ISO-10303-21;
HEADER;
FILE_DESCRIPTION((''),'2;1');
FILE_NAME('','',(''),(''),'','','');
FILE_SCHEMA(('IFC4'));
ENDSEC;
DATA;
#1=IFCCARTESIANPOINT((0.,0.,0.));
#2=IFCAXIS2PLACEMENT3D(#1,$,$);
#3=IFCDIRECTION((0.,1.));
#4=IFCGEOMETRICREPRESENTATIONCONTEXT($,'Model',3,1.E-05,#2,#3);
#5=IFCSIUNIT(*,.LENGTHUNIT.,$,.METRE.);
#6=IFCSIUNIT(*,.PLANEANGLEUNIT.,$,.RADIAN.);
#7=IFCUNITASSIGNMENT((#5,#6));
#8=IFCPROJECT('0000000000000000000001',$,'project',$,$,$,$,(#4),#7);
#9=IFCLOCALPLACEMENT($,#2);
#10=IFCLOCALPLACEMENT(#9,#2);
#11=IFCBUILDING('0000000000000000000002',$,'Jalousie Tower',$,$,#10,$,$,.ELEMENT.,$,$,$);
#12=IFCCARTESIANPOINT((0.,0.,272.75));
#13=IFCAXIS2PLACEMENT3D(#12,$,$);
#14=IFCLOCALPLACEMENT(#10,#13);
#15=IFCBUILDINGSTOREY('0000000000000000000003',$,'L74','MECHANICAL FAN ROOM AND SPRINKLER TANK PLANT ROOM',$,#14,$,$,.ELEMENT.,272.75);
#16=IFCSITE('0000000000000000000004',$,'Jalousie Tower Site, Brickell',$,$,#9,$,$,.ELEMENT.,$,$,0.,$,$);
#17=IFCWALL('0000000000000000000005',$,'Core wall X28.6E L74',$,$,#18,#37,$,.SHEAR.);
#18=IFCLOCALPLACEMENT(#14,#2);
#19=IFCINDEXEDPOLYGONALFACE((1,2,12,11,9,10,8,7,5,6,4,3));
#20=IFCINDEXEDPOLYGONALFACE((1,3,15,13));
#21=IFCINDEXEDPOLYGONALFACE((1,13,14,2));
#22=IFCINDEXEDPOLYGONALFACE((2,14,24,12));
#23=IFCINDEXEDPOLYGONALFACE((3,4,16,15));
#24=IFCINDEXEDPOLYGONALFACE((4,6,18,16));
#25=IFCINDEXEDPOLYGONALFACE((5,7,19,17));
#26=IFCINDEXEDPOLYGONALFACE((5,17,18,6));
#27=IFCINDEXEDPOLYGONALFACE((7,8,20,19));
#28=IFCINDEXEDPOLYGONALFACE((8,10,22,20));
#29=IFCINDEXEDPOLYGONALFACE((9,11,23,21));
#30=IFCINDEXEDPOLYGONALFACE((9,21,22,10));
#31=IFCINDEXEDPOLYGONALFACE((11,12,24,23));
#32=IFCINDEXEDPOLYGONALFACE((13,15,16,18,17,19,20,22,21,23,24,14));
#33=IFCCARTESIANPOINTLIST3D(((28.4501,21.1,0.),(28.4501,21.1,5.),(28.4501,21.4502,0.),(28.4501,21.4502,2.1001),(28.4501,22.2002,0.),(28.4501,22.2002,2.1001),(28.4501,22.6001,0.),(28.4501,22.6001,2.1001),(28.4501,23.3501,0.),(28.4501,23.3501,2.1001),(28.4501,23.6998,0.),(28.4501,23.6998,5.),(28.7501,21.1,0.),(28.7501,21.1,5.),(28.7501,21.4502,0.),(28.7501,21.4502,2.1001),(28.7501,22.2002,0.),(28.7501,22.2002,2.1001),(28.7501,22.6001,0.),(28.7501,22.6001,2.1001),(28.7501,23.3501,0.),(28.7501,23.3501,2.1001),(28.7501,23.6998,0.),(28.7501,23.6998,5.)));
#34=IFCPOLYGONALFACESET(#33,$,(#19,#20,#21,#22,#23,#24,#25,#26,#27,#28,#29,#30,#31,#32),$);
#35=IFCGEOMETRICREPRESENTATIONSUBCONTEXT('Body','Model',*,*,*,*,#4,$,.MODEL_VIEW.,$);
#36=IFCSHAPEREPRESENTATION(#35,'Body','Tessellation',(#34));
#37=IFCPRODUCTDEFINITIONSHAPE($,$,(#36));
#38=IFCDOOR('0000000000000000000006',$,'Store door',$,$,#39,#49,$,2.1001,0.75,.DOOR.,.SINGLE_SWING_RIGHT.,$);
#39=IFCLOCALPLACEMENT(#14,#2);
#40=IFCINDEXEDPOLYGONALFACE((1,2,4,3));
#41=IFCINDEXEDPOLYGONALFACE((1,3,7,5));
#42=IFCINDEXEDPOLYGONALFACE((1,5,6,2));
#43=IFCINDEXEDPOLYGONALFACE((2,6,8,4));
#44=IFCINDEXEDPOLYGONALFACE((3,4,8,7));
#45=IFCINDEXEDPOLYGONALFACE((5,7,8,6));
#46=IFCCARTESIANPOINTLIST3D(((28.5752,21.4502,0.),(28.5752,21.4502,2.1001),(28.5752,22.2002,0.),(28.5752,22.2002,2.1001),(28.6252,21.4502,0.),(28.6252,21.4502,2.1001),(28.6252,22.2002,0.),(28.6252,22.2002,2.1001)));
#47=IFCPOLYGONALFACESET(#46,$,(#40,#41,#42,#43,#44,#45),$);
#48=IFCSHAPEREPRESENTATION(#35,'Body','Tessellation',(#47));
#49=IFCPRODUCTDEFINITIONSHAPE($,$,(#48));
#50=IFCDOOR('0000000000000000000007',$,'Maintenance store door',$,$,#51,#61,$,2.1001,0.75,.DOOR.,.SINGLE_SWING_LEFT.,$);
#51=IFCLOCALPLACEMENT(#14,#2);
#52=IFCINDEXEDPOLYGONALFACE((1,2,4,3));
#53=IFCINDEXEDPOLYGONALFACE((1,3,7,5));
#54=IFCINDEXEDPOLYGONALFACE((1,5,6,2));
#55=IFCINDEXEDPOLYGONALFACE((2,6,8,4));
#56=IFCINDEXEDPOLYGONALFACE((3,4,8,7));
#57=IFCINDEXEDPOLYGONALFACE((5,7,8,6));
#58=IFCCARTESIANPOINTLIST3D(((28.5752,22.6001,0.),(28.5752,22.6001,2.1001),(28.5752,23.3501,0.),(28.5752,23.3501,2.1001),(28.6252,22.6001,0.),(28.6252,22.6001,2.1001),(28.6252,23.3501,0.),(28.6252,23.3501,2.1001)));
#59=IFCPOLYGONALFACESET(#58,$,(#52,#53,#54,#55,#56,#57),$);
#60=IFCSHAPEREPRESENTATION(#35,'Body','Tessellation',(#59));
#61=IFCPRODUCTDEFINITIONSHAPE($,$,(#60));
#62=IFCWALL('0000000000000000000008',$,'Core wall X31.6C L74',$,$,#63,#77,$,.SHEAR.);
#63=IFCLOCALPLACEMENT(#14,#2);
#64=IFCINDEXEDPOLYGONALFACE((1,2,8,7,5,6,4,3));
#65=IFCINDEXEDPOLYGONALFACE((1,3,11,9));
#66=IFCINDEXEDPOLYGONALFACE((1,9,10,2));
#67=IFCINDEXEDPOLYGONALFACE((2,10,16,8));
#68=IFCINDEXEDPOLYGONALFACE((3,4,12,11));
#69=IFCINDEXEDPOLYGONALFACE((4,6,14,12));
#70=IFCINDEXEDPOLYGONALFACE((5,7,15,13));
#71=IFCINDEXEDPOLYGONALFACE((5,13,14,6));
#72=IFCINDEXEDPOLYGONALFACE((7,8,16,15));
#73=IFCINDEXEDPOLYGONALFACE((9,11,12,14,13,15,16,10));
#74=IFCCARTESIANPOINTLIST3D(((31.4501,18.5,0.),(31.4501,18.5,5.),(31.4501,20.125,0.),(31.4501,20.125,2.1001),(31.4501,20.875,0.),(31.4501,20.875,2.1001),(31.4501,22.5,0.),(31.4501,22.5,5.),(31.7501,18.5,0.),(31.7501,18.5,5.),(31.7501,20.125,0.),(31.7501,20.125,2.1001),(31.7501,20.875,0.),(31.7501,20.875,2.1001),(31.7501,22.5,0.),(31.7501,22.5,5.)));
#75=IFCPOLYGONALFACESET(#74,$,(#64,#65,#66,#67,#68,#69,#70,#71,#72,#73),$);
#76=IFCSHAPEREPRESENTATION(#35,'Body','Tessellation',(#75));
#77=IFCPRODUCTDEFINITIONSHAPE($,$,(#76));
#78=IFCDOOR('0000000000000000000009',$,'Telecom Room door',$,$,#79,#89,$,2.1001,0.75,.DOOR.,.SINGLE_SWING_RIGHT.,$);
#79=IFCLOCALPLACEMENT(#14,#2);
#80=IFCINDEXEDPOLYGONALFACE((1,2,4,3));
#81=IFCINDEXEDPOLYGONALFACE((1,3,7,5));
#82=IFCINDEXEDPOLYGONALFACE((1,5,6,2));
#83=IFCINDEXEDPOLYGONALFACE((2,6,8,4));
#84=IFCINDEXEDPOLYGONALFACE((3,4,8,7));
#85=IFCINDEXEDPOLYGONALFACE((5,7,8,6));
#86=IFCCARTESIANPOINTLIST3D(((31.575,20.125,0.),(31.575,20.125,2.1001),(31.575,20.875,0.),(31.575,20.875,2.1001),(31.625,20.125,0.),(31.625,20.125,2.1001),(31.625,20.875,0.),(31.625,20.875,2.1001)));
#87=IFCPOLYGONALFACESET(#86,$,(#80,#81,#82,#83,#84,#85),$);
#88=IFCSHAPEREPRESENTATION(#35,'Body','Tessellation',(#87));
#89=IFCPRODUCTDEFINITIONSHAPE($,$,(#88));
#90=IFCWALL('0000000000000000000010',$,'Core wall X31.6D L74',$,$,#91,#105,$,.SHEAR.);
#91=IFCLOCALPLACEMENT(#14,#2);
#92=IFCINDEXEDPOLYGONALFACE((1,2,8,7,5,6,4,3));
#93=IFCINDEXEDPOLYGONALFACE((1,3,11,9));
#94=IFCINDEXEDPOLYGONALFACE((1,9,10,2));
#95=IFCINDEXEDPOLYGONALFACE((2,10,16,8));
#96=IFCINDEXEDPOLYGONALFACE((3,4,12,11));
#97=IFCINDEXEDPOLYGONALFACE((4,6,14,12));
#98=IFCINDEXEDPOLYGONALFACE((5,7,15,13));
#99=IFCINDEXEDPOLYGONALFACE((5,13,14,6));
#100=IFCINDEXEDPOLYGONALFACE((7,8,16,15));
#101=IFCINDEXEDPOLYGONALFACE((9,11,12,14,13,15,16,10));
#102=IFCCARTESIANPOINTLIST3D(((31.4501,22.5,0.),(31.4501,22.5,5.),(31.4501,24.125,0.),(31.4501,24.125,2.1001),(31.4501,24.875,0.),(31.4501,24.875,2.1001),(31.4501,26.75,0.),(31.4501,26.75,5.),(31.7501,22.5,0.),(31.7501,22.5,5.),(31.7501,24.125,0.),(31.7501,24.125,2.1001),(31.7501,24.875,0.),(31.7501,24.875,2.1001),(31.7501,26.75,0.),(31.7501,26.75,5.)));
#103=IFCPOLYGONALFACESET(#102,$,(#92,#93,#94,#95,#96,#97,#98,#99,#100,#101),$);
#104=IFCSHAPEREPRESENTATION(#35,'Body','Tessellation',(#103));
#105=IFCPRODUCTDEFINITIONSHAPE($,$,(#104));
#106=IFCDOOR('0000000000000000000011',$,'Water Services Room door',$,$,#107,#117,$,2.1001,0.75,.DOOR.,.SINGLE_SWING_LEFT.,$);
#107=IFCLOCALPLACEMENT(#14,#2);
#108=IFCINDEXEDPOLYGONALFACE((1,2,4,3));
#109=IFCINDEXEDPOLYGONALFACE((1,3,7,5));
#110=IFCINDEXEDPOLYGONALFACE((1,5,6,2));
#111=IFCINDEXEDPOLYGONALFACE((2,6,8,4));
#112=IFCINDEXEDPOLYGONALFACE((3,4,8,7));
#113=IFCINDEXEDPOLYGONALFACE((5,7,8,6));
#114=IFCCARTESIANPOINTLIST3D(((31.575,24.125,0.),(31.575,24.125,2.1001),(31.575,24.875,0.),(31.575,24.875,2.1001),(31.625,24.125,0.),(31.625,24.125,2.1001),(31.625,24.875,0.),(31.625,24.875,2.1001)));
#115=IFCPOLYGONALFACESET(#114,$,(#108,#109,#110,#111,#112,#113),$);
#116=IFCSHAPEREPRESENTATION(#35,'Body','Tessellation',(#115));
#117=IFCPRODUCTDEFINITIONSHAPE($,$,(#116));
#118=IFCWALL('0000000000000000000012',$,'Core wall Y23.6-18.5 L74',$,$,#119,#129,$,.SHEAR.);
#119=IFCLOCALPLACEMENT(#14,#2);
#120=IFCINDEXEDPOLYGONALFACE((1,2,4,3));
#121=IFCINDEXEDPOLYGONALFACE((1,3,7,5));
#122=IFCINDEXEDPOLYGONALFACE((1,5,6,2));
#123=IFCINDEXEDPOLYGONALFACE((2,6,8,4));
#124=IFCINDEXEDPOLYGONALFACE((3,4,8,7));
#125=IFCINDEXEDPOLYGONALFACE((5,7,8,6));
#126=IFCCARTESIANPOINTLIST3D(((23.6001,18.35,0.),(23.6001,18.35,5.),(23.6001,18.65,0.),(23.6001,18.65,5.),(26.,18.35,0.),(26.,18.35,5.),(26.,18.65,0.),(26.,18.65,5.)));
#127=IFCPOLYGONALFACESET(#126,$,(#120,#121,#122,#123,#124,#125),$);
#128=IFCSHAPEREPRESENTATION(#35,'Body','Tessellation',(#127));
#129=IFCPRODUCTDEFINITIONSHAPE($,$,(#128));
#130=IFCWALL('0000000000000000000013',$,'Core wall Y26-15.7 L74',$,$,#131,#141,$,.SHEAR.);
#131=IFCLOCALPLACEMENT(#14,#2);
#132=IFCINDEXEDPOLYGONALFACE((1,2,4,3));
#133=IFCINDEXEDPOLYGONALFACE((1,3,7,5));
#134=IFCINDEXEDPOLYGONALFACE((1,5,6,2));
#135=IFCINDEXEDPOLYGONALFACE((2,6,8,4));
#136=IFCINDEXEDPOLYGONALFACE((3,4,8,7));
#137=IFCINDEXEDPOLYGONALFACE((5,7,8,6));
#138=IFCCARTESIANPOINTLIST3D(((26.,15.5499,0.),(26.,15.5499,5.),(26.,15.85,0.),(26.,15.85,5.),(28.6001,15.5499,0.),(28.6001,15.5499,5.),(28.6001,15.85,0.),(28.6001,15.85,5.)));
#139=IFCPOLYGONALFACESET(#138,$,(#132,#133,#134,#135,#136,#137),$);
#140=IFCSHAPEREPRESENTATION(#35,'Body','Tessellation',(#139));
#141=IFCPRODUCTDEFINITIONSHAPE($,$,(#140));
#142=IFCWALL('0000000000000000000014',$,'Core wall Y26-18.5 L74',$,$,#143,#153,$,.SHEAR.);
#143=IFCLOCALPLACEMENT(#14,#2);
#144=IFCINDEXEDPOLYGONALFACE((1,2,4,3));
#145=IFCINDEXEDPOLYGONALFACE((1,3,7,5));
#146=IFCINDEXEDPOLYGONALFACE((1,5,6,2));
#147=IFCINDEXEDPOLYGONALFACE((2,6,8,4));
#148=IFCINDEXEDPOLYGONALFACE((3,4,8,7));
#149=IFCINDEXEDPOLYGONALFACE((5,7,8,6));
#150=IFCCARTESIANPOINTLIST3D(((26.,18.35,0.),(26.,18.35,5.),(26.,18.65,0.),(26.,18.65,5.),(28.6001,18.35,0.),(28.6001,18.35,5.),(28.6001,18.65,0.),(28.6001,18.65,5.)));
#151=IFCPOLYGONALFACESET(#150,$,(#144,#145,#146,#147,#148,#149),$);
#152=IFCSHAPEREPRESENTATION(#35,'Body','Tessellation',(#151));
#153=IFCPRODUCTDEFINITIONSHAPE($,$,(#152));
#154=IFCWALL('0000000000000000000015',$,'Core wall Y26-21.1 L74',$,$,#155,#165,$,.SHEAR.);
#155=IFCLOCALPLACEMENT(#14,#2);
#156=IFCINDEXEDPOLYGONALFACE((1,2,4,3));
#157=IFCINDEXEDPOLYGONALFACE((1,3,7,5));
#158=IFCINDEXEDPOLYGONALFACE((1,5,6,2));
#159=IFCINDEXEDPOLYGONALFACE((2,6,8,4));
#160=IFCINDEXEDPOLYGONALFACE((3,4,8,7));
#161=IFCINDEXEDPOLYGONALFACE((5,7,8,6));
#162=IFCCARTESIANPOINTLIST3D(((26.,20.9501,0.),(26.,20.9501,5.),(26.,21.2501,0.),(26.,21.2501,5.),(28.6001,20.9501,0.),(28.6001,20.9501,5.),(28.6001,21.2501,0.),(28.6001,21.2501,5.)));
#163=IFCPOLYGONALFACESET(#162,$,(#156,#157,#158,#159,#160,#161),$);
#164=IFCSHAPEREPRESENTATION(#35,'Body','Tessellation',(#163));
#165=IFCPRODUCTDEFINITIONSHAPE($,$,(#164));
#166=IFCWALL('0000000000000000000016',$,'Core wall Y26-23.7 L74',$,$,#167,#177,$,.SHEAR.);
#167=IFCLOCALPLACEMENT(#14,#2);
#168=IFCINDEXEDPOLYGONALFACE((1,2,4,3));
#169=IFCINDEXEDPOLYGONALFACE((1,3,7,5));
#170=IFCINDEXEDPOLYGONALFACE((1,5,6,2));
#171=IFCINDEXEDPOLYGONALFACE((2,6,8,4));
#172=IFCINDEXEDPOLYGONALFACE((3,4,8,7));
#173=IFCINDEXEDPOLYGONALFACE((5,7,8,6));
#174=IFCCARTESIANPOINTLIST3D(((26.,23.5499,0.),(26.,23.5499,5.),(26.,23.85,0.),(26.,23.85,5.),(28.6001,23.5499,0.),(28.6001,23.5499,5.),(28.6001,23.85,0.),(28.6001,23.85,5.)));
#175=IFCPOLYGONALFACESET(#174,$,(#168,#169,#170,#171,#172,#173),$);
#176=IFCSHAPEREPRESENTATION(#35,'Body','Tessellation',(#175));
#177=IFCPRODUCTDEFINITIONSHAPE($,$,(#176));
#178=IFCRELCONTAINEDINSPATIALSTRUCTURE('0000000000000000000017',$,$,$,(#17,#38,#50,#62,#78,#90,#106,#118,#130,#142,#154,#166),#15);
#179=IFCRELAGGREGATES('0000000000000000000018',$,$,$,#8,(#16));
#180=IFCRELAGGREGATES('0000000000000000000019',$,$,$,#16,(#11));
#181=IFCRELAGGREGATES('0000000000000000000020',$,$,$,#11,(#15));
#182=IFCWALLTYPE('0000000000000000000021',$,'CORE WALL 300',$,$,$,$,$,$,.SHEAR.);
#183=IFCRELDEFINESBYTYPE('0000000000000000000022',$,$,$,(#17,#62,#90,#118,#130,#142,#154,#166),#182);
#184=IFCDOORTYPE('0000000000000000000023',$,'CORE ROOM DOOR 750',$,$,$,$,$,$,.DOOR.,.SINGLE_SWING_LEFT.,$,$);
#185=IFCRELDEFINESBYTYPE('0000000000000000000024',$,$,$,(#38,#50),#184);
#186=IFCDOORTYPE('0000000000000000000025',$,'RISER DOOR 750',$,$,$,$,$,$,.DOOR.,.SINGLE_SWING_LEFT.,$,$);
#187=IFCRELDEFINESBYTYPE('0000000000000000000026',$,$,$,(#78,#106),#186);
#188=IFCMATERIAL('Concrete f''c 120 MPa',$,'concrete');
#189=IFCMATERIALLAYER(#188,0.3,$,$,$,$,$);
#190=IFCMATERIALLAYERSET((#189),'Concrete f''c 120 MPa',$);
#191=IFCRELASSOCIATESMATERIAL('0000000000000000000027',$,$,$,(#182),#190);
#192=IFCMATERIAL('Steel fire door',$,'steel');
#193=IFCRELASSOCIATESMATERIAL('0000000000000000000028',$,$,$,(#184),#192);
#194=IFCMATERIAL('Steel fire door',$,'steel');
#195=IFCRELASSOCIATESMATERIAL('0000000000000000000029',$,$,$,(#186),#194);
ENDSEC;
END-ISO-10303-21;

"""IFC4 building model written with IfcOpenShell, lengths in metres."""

from ifc_helpers import new_model, si_unit, direction, frame, frame_2d, origin, place, context, subcontext, project, spatial, rectangle, extrude, material, layer, layer_set, type_object, element, fill, save


model = new_model("IFC4")

# Units and contexts
model_context = context("Model", 3, precision=1e-05, world=origin(), true_north=direction((0.0, 1.0)))
body_context = subcontext(model_context, "Body", "Model", "MODEL_VIEW")
ifc_project = project(units=[si_unit("LENGTHUNIT", "METRE"), si_unit("PLANEANGLEUNIT", "RADIAN")], contexts=[model_context])

# Site, building, storey
site_placement = place(None, origin())
site = spatial("IfcSite", under=ifc_project, at=site_placement, Name="Jalousie Tower Site, Brickell", CompositionType="ELEMENT", RefElevation=0.0)
building_placement = place(site_placement, origin())
building = spatial("IfcBuilding", under=site, at=building_placement, Name="Jalousie Tower", CompositionType="ELEMENT")
storey_placement = place(building_placement, frame((0.0, 0.0, 272.75)))
storey = spatial("IfcBuildingStorey", under=building, at=storey_placement, Name="L74", Description="MECHANICAL FAN ROOM AND SPRINKLER TANK PLANT ROOM", CompositionType="ELEMENT", Elevation=272.75)

# Shared definitions
ifc_material_1 = material(Name="Concrete f'c 120 MPa", Category="concrete")
ifc_layer = layer(ifc_material_1, 0.3)
ifc_layer_set = layer_set([ifc_layer], Name="Concrete f'c 120 MPa")
wall_type_1 = type_object("IfcWallType", Name="CORE WALL 300", PredefinedType="SHEAR", material=ifc_layer_set)

# Wall, openings, doors
wall_1_placement = place(storey_placement, frame((28.6001, 21.1001, 0.0), z_axis=(0.0, 0.0, 1.0), x_axis=(0.0, 1.0, 0.0)))
wall_1 = element("IfcWall", 1, at=wall_1_placement, inside=storey, type_object=wall_type_1, Name="Core wall X28.6E L74", PredefinedType="SHEAR", context=body_context, shape_type="SweptSolid", body=[
    extrude(rectangle(XDim=2.5999, YDim=0.3, at=frame_2d((1.2998, 0.0))), origin(), (0.0, 0.0, 1.0), 5.0),
])
opening_1_placement = place(wall_1_placement, frame((0.3501, 0.0, 0.0)))
opening_1 = element("IfcOpeningElement", 2, at=opening_1_placement, cuts=wall_1, PredefinedType="OPENING", context=body_context, shape_type="SweptSolid", body=[
    extrude(rectangle(XDim=0.75, YDim=2.1001, at=frame_2d((0.375, 1.05))), frame((0.0, 0.1599, 0.0), z_axis=(0.0, -1.0, 0.0), x_axis=(1.0, 0.0, 0.0)), (0.0, 0.0, 1.0), 0.3201),
])
opening_2_placement = place(wall_1_placement, frame((1.5, 0.0, 0.0)))
opening_2 = element("IfcOpeningElement", 3, at=opening_2_placement, cuts=wall_1, PredefinedType="OPENING", context=body_context, shape_type="SweptSolid", body=[
    extrude(rectangle(XDim=0.75, YDim=2.1001, at=frame_2d((0.375, 1.05))), frame((0.0, 0.1599, 0.0), z_axis=(0.0, -1.0, 0.0), x_axis=(1.0, 0.0, 0.0)), (0.0, 0.0, 1.0), 0.3201),
])
ifc_material_2 = material(Name="Steel fire door", Category="steel")
door_type_1 = type_object("IfcDoorType", Name="CORE ROOM DOOR 750", OperationType="SINGLE_SWING_LEFT", PredefinedType="DOOR", material=ifc_material_2)
door_1_placement = place(opening_1_placement, origin())
door_1 = element("IfcDoor", 4, at=door_1_placement, inside=storey, type_object=door_type_1, Name="Store door", OperationType="SINGLE_SWING_RIGHT", OverallHeight=2.1001, OverallWidth=0.75, PredefinedType="DOOR", context=body_context, shape_type="SweptSolid", body=[
    extrude(rectangle(XDim=0.75, YDim=2.1001, at=frame_2d((0.375, 1.05))), frame((0.0, 0.0249, 0.0), z_axis=(0.0, -1.0, 0.0), x_axis=(1.0, 0.0, 0.0)), (0.0, 0.0, 1.0), 0.05),
])
fill(opening_1, door_1)
door_2_placement = place(opening_2_placement, origin())
door_2 = element("IfcDoor", 5, at=door_2_placement, inside=storey, type_object=door_type_1, Name="Maintenance store door", OperationType="SINGLE_SWING_LEFT", OverallHeight=2.1001, OverallWidth=0.75, PredefinedType="DOOR", context=body_context, shape_type="SweptSolid", body=[
    extrude(rectangle(XDim=0.75, YDim=2.1001, at=frame_2d((0.375, 1.05))), frame((0.0, 0.0249, 0.0), z_axis=(0.0, -1.0, 0.0), x_axis=(1.0, 0.0, 0.0)), (0.0, 0.0, 1.0), 0.05),
])
fill(opening_2, door_2)

# Walls, openings, doors
wall_2_placement = place(storey_placement, frame((31.6001, 18.5, 0.0), z_axis=(0.0, 0.0, 1.0), x_axis=(0.0, 1.0, 0.0)))
wall_2 = element("IfcWall", 6, at=wall_2_placement, inside=storey, type_object=wall_type_1, Name="Core wall X31.6C L74", PredefinedType="SHEAR", context=body_context, shape_type="SweptSolid", body=[
    extrude(rectangle(XDim=4.0, YDim=0.3, at=frame_2d((2.0, 0.0))), origin(), (0.0, 0.0, 1.0), 5.0),
])
opening_3_placement = place(wall_2_placement, frame((1.625, 0.0, 0.0)))
opening_3 = element("IfcOpeningElement", 7, at=opening_3_placement, cuts=wall_2, PredefinedType="OPENING", context=body_context, shape_type="SweptSolid", body=[
    extrude(rectangle(XDim=0.75, YDim=2.1001, at=frame_2d((0.375, 1.05))), frame((0.0, 0.1599, 0.0), z_axis=(0.0, -1.0, 0.0), x_axis=(1.0, 0.0, 0.0)), (0.0, 0.0, 1.0), 0.3201),
])
ifc_material_3 = material(Name="Steel fire door", Category="steel")
door_type_2 = type_object("IfcDoorType", Name="RISER DOOR 750", OperationType="SINGLE_SWING_LEFT", PredefinedType="DOOR", material=ifc_material_3)
door_3_placement = place(opening_3_placement, frame((0.75, 0.0, 0.0), z_axis=(0.0, 0.0, 1.0), x_axis=(-1.0, 0.0, 0.0)))
door_3 = element("IfcDoor", 8, at=door_3_placement, inside=storey, type_object=door_type_2, Name="Telecom Room door", OperationType="SINGLE_SWING_RIGHT", OverallHeight=2.1001, OverallWidth=0.75, PredefinedType="DOOR", context=body_context, shape_type="SweptSolid", body=[
    extrude(rectangle(XDim=0.75, YDim=2.1001, at=frame_2d((0.375, 1.05))), frame((0.0, 0.0249, 0.0), z_axis=(0.0, -1.0, 0.0), x_axis=(1.0, 0.0, 0.0)), (0.0, 0.0, 1.0), 0.05),
])
fill(opening_3, door_3)
wall_3_placement = place(storey_placement, frame((31.6001, 22.5, 0.0), z_axis=(0.0, 0.0, 1.0), x_axis=(0.0, 1.0, 0.0)))
wall_3 = element("IfcWall", 9, at=wall_3_placement, inside=storey, type_object=wall_type_1, Name="Core wall X31.6D L74", PredefinedType="SHEAR", context=body_context, shape_type="SweptSolid", body=[
    extrude(rectangle(XDim=4.25, YDim=0.3, at=frame_2d((2.125, 0.0))), origin(), (0.0, 0.0, 1.0), 5.0),
])
opening_4_placement = place(wall_3_placement, frame((1.625, 0.0, 0.0)))
opening_4 = element("IfcOpeningElement", 10, at=opening_4_placement, cuts=wall_3, PredefinedType="OPENING", context=body_context, shape_type="SweptSolid", body=[
    extrude(rectangle(XDim=0.75, YDim=2.1001, at=frame_2d((0.375, 1.05))), frame((0.0, 0.1599, 0.0), z_axis=(0.0, -1.0, 0.0), x_axis=(1.0, 0.0, 0.0)), (0.0, 0.0, 1.0), 0.3201),
])
door_4_placement = place(opening_4_placement, frame((0.75, 0.0, 0.0), z_axis=(0.0, 0.0, 1.0), x_axis=(-1.0, 0.0, 0.0)))
door_4 = element("IfcDoor", 11, at=door_4_placement, inside=storey, type_object=door_type_2, Name="Water Services Room door", OperationType="SINGLE_SWING_LEFT", OverallHeight=2.1001, OverallWidth=0.75, PredefinedType="DOOR", context=body_context, shape_type="SweptSolid", body=[
    extrude(rectangle(XDim=0.75, YDim=2.1001, at=frame_2d((0.375, 1.05))), frame((0.0, 0.0249, 0.0), z_axis=(0.0, -1.0, 0.0), x_axis=(1.0, 0.0, 0.0)), (0.0, 0.0, 1.0), 0.05),
])
fill(opening_4, door_4)

# Walls
wall_4_placement = place(storey_placement, frame((23.6001, 18.5, 0.0), z_axis=(0.0, 0.0, 1.0), x_axis=(1.0, 0.0, 0.0)))
element("IfcWall", 12, at=wall_4_placement, inside=storey, type_object=wall_type_1, Name="Core wall Y23.6-18.5 L74", PredefinedType="SHEAR", context=body_context, shape_type="SweptSolid", body=[
    extrude(rectangle(XDim=2.3999, YDim=0.3, at=frame_2d((1.2, 0.0))), origin(), (0.0, 0.0, 1.0), 5.0),
])
for number, where, z_axis, x_axis, name in (
    (13, (26.0, 15.7, 0.0), (0.0, 0.0, 1.0), (1.0, 0.0, 0.0), "Core wall Y26-15.7 L74"),
    (14, (26.0, 18.5, 0.0), (0.0, 0.0, 1.0), (1.0, 0.0, 0.0), "Core wall Y26-18.5 L74"),
    (15, (26.0, 21.1001, 0.0), (0.0, 0.0, 1.0), (1.0, 0.0, 0.0), "Core wall Y26-21.1 L74"),
    (16, (26.0, 23.7, 0.0), (0.0, 0.0, 1.0), (1.0, 0.0, 0.0), "Core wall Y26-23.7 L74"),
):
    element("IfcWall", number, at=place(storey_placement, frame(where, z_axis=z_axis, x_axis=x_axis)), inside=storey, type_object=wall_type_1, Name=name, PredefinedType="SHEAR", context=body_context, shape_type="SweptSolid", body=[
        extrude(rectangle(XDim=2.6001, YDim=0.3, at=frame_2d((1.3, 0.0))), origin(), (0.0, 0.0, 1.0), 5.0),
    ])

save(model, "model.ifc")
